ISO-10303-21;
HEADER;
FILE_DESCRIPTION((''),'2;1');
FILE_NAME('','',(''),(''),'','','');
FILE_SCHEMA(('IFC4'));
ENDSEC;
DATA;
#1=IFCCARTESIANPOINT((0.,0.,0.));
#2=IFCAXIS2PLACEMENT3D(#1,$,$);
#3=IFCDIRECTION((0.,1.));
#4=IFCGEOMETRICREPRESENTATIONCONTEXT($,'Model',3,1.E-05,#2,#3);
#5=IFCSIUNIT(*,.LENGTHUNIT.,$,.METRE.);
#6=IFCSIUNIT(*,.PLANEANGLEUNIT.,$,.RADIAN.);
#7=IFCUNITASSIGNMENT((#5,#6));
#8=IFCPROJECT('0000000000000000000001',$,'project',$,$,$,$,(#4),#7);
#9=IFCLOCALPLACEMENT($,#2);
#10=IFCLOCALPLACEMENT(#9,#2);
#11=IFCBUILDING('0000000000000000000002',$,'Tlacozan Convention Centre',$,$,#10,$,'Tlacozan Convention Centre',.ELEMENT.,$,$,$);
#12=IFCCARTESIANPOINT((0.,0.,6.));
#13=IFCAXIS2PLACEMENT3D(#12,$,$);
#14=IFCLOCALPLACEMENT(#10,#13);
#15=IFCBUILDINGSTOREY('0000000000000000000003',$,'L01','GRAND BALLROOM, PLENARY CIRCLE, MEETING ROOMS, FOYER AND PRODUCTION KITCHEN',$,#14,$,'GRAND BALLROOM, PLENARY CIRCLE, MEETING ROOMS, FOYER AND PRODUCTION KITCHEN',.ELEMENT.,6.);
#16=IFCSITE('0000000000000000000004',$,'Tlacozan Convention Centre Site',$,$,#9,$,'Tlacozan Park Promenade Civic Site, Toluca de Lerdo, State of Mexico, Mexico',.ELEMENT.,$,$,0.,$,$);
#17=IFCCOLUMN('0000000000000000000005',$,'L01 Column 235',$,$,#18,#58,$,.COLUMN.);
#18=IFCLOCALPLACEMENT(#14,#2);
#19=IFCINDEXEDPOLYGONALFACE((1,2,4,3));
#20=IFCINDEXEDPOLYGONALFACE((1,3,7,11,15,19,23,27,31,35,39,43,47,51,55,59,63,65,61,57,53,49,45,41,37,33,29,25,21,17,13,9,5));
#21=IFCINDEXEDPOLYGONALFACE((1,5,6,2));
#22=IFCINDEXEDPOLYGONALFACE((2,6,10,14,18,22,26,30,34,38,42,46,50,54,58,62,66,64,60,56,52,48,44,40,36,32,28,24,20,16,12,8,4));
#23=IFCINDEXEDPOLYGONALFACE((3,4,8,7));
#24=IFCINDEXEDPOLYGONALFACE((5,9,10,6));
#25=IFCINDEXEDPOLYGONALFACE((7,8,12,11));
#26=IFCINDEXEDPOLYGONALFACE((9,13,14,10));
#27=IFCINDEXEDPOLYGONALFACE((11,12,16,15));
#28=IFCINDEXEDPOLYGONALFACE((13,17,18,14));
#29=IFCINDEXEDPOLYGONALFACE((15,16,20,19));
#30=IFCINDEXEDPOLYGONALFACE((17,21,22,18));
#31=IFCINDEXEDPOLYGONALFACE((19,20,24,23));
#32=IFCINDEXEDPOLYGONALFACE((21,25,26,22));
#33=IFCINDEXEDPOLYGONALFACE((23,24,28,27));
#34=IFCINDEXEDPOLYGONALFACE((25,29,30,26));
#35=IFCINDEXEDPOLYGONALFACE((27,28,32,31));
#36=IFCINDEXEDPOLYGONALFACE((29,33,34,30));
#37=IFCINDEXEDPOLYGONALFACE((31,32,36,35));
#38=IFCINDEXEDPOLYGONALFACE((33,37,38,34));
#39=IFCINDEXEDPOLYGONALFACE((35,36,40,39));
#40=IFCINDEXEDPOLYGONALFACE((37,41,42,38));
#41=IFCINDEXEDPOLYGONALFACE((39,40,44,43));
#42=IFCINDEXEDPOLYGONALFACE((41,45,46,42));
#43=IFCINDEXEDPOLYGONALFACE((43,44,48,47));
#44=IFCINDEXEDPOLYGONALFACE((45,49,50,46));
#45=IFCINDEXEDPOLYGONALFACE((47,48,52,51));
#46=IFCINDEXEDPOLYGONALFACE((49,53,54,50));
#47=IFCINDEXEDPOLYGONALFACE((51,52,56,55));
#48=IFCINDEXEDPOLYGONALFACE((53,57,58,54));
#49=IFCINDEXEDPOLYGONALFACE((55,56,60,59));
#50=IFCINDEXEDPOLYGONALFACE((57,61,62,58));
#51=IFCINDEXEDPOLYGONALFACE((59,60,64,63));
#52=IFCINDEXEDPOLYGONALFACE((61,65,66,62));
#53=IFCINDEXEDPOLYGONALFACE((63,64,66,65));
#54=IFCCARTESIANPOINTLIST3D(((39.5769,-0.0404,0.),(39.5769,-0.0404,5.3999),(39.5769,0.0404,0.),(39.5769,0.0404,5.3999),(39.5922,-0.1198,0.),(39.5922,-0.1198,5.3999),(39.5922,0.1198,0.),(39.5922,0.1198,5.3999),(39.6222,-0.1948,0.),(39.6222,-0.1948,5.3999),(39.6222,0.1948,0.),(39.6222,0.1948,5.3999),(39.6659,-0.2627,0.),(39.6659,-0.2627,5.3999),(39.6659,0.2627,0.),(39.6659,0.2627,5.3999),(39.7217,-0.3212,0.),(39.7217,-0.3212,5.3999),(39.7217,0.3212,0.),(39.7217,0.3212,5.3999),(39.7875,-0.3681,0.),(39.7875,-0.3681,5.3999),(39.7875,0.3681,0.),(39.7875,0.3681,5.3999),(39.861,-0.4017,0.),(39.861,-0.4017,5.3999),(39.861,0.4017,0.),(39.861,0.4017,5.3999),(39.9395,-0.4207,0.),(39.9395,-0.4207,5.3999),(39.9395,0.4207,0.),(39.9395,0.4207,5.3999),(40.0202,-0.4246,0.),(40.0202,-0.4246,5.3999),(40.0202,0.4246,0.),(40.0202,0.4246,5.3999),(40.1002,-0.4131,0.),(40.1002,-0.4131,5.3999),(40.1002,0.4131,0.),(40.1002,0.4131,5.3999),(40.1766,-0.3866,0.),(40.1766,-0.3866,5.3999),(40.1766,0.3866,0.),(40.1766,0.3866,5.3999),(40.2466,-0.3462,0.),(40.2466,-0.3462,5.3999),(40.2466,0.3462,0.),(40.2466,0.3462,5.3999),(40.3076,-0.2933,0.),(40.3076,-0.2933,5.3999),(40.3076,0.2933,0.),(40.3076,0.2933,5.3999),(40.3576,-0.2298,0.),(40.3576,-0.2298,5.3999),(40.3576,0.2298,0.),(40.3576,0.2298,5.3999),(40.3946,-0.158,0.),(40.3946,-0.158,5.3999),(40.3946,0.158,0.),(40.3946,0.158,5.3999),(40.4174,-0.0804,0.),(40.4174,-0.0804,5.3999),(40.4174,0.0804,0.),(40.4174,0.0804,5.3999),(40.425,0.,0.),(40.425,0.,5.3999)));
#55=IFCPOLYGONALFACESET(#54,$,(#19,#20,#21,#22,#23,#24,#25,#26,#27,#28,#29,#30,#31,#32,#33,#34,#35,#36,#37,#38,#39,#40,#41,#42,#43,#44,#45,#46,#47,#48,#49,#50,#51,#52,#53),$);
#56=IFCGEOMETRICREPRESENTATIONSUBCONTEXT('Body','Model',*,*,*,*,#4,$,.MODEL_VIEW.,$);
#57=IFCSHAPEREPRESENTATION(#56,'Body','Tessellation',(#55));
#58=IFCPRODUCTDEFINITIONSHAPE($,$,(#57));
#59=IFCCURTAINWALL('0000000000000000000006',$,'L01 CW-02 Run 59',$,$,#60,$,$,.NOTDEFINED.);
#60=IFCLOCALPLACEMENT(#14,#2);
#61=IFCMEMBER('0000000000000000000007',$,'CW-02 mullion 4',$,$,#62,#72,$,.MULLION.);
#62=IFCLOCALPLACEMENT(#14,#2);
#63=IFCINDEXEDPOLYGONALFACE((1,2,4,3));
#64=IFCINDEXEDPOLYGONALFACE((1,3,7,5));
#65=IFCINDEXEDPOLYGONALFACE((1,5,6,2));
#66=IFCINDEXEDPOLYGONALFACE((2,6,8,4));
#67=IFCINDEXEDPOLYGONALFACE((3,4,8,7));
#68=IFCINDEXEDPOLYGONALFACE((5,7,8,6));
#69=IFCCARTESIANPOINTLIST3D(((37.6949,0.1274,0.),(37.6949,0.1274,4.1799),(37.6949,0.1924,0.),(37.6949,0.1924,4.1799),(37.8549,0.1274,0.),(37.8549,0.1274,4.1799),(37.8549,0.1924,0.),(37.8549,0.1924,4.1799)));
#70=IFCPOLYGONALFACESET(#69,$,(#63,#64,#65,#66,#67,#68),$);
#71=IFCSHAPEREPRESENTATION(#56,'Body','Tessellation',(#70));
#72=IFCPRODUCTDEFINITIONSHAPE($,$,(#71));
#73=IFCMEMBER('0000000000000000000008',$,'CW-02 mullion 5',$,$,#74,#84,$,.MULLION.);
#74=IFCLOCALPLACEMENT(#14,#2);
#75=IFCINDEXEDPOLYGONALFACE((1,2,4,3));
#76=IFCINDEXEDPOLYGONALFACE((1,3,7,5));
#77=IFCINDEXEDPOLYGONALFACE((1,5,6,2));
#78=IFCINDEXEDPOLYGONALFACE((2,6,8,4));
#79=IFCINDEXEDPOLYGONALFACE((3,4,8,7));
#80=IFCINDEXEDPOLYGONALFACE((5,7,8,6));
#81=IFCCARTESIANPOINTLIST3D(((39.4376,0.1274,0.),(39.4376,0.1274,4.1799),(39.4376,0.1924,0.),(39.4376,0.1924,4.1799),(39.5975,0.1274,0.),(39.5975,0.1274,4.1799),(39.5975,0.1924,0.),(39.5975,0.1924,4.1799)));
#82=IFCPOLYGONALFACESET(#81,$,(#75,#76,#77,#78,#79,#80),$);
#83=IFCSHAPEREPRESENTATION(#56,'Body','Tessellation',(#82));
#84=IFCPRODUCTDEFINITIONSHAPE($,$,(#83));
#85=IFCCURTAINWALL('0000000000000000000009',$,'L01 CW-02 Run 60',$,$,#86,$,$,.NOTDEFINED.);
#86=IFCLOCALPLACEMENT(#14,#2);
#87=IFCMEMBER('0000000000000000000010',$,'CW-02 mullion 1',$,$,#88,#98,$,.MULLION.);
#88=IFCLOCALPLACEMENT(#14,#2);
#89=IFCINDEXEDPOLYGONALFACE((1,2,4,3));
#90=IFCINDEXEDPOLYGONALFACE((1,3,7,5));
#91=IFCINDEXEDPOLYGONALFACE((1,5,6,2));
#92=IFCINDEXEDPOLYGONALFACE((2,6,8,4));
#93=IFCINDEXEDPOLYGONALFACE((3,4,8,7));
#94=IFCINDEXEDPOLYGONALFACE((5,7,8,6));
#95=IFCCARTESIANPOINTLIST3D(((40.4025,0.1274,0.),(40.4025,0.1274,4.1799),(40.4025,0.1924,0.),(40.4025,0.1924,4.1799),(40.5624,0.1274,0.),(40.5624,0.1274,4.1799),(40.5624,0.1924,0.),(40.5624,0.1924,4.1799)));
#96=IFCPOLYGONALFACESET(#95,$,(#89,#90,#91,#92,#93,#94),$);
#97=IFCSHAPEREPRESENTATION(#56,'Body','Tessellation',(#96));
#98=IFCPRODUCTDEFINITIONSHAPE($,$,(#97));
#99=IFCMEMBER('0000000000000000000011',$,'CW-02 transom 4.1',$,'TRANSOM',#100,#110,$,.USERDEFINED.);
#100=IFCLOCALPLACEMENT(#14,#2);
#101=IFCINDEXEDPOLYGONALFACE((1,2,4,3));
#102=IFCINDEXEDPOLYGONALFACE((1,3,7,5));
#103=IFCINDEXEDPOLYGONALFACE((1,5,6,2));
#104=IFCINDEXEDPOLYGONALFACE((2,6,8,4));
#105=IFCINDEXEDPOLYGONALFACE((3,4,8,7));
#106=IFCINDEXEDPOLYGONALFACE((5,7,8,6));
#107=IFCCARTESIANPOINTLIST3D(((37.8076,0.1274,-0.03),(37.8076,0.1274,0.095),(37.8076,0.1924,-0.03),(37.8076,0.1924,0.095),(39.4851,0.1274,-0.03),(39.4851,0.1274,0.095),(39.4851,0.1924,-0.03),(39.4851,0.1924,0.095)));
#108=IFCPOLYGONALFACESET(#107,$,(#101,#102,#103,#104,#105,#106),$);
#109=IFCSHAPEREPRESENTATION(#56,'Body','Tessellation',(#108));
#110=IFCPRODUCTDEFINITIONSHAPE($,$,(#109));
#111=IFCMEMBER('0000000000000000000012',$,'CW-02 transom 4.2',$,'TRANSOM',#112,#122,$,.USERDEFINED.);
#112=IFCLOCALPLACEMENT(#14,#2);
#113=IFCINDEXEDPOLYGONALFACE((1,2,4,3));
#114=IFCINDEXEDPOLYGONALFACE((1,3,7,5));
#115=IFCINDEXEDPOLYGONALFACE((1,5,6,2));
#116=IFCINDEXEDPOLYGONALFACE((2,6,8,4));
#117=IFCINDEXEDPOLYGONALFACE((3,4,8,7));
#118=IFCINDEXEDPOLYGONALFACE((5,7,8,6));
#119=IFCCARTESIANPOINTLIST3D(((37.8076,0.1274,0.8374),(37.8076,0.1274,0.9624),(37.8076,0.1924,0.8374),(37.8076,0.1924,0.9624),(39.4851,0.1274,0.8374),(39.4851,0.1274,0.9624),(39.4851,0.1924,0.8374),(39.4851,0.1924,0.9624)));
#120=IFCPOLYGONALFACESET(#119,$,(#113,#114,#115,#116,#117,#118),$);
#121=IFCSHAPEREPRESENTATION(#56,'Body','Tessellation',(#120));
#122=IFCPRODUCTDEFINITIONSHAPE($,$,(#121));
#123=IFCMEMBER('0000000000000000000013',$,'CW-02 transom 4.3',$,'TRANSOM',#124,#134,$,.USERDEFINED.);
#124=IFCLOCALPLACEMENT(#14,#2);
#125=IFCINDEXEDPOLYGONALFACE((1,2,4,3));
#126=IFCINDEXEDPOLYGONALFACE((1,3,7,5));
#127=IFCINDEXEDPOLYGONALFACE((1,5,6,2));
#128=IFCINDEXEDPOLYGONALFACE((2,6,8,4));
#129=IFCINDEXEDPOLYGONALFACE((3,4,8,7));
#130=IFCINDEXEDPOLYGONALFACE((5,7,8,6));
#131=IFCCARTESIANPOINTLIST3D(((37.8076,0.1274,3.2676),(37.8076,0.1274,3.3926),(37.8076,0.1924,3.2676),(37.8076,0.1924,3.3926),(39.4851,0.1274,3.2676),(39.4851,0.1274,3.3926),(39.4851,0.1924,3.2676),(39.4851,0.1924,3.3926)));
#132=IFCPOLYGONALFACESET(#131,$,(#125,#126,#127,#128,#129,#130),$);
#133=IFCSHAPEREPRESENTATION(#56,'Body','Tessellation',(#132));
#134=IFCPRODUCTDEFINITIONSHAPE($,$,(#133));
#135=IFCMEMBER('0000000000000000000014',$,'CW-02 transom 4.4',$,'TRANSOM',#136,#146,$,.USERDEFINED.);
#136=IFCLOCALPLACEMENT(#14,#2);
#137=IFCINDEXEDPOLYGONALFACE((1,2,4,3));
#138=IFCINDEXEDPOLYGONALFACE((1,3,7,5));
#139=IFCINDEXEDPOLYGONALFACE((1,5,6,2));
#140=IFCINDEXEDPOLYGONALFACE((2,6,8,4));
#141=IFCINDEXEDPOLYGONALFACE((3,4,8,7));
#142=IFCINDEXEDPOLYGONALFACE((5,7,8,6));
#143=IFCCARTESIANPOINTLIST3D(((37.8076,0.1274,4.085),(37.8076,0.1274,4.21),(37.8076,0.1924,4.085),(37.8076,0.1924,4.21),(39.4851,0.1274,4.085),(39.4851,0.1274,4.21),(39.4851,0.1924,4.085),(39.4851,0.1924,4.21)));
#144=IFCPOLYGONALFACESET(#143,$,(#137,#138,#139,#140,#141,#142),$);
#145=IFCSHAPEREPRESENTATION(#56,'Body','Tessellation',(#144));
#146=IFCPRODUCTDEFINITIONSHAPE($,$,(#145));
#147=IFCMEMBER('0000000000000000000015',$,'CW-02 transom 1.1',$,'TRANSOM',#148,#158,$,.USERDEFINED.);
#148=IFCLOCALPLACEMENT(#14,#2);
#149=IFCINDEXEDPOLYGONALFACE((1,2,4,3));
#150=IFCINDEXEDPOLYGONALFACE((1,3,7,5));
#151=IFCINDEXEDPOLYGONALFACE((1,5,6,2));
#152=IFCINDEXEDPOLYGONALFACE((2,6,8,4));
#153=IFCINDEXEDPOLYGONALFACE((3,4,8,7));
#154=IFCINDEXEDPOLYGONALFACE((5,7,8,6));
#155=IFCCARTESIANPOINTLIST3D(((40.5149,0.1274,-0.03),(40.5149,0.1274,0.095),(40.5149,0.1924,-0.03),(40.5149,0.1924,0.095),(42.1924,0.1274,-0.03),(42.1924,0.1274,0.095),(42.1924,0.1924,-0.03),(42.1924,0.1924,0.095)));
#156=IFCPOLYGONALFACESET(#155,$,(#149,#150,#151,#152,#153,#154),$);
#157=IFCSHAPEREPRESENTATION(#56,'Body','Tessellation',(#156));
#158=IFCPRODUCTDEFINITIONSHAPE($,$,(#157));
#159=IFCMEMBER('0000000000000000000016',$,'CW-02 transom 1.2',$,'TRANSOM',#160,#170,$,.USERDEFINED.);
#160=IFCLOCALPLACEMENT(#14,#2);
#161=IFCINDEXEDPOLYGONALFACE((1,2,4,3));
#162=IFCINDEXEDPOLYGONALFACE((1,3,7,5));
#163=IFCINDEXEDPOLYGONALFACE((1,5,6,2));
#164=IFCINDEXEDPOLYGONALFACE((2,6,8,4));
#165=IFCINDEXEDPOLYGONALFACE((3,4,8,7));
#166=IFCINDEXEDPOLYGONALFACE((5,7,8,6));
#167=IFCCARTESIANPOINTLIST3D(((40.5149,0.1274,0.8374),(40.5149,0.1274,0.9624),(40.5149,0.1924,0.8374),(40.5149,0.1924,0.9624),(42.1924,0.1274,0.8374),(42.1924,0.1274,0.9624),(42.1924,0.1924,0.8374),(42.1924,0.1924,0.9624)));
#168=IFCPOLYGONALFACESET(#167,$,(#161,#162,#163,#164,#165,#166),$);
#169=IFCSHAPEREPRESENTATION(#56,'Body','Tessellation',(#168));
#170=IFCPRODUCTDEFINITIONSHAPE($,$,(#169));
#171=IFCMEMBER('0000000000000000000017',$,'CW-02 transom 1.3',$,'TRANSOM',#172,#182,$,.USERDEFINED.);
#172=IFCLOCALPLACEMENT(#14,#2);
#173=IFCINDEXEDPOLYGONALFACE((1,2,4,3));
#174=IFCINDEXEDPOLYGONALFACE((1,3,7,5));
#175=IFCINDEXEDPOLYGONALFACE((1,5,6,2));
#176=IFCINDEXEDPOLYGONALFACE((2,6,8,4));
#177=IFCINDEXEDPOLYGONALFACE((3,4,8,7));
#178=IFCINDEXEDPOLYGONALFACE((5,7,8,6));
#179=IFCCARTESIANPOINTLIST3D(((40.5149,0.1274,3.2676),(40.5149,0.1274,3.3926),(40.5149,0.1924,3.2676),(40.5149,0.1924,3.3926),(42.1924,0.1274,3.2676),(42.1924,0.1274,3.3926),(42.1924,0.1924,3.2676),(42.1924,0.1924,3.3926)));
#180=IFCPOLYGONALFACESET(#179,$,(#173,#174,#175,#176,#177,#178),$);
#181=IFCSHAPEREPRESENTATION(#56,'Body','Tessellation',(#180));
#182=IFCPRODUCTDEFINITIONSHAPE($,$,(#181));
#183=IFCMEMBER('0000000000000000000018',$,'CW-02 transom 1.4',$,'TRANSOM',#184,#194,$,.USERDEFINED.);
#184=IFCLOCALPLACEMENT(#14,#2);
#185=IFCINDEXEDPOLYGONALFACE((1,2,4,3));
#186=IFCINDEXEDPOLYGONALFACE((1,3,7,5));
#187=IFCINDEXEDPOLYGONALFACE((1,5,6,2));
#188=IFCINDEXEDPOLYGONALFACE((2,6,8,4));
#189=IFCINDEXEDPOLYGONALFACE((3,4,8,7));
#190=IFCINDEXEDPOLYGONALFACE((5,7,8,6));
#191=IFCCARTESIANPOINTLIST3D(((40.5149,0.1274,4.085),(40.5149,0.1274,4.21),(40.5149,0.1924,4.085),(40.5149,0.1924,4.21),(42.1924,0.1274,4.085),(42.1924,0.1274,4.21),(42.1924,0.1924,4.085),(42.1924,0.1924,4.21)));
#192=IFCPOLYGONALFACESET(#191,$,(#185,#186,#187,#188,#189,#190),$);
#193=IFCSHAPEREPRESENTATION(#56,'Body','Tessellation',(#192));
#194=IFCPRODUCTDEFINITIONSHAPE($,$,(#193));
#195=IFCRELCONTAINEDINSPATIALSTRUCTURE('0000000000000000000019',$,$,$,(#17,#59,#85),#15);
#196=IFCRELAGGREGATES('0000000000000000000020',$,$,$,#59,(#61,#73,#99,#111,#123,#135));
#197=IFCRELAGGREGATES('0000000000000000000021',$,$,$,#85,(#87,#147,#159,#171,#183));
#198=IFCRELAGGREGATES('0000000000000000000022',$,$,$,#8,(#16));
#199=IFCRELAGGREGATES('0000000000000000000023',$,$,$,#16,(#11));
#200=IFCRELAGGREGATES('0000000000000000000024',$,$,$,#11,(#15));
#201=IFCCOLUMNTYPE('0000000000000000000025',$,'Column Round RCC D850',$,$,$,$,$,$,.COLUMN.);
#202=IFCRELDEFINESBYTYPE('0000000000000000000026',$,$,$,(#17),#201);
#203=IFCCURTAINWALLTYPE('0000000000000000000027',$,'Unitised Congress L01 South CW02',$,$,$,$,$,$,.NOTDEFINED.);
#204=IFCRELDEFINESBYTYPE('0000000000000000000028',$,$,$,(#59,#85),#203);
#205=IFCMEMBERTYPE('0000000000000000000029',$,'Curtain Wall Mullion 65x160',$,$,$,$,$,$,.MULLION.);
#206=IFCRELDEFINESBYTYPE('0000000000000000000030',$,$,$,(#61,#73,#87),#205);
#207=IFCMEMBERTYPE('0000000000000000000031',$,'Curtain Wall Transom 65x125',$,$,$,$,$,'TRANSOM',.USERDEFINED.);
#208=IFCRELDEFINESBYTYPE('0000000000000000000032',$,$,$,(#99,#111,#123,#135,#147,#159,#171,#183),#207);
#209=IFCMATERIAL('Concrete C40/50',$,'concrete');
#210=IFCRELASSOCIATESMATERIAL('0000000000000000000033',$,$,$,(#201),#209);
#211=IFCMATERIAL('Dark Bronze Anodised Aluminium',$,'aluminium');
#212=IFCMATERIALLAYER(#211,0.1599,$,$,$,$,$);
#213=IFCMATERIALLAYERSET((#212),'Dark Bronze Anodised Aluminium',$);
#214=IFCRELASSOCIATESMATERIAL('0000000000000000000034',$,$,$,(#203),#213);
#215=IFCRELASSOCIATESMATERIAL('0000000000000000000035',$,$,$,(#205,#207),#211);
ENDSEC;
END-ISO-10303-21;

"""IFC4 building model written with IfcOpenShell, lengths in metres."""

from ifc_helpers import new_model, si_unit, direction, frame, origin, origin_2d, place, context, subcontext, project, spatial, rectangle, circle, extrude, material, layer, layer_set, material_profile, profile_set, type_object, element, aggregate, save


model = new_model("IFC4")

# Units and contexts
model_context = context("Model", 3, precision=1e-05, world=origin(), true_north=direction((0.0, 1.0)))
body_context = subcontext(model_context, "Body", "Model", "MODEL_VIEW")
ifc_project = project(units=[si_unit("LENGTHUNIT", "METRE"), si_unit("PLANEANGLEUNIT", "RADIAN")], contexts=[model_context])

# Site, building, storey
site_placement = place(None, origin())
site = spatial("IfcSite", under=ifc_project, at=site_placement, Name="Tlacozan Convention Centre Site", LongName="Tlacozan Park Promenade Civic Site, Toluca de Lerdo, State of Mexico, Mexico", CompositionType="ELEMENT", RefElevation=0.0)
building_placement = place(site_placement, origin())
building = spatial("IfcBuilding", under=site, at=building_placement, Name="Tlacozan Convention Centre", LongName="Tlacozan Convention Centre", CompositionType="ELEMENT")
storey_placement = place(building_placement, frame((0.0, 0.0, 6.0)))
storey = spatial("IfcBuildingStorey", under=building, at=storey_placement, Name="L01", Description="GRAND BALLROOM, PLENARY CIRCLE, MEETING ROOMS, FOYER AND PRODUCTION KITCHEN", LongName="GRAND BALLROOM, PLENARY CIRCLE, MEETING ROOMS, FOYER AND PRODUCTION KITCHEN", CompositionType="ELEMENT", Elevation=6.0)

# Column
ifc_material_1 = material(Name="Concrete C40/50", Category="concrete")
ifc_material_profile_1 = material_profile(ifc_material_1, circle(Radius=0.425, at=origin_2d()), Name="RCC D850")
ifc_profile_set_1 = profile_set([ifc_material_profile_1], Name="Concrete C40/50")
column_type = type_object("IfcColumnType", Name="Column Round RCC D850", PredefinedType="COLUMN", material=ifc_profile_set_1)
column_placement = place(storey_placement, frame((40.0, 0.0, 0.0), z_axis=(0.0, 0.0, 1.0), x_axis=(1.0, 0.0, 0.0)))
element("IfcColumn", 1, at=column_placement, inside=storey, type_object=column_type, Name="L01 Column 235", PredefinedType="COLUMN", context=body_context, shape_type="SweptSolid", body=[
    extrude(circle(Radius=0.425, at=origin_2d()), origin(), (0.0, 0.0, 1.0), 5.3999),
])

# Curtain wall, members
ifc_material_2 = material(Name="Dark Bronze Anodised Aluminium", Category="aluminium")
ifc_layer_1 = layer(ifc_material_2, 0.1599)
ifc_layer_set_1 = layer_set([ifc_layer_1], Name="Dark Bronze Anodised Aluminium")
curtain_wall_type = type_object("IfcCurtainWallType", Name="Unitised Congress L01 South CW02", PredefinedType="NOTDEFINED", material=ifc_layer_set_1)
curtain_wall_1_placement = place(storey_placement, origin())
curtain_wall_1 = element("IfcCurtainWall", 2, at=curtain_wall_1_placement, inside=storey, type_object=curtain_wall_type, Name="L01 CW-02 Run 59", PredefinedType="NOTDEFINED")
ifc_material_profile_2 = material_profile(ifc_material_2, rectangle(XDim=0.0649, YDim=0.1599, at=origin_2d()), Name="ALU 65x160")
ifc_profile_set_2 = profile_set([ifc_material_profile_2], Name="Dark Bronze Anodised Aluminium")
member_type_1 = type_object("IfcMemberType", Name="Curtain Wall Mullion 65x160", PredefinedType="MULLION", material=ifc_profile_set_2)
member_1_placement = place(storey_placement, frame((37.7749, 0.1599, 0.0), z_axis=(0.0, 0.0, 1.0), x_axis=(0.0, 1.0, 0.0)))
member_1 = element("IfcMember", 3, at=member_1_placement, type_object=member_type_1, Name="CW-02 mullion 4", PredefinedType="MULLION", context=body_context, shape_type="SweptSolid", body=[
    extrude(rectangle(XDim=0.0649, YDim=0.1599, at=origin_2d()), origin(), (0.0, 0.0, 1.0), 4.1799),
])
member_2_placement = place(storey_placement, frame((39.5176, 0.1599, 0.0), z_axis=(0.0, 0.0, 1.0), x_axis=(0.0, 1.0, 0.0)))
member_2 = element("IfcMember", 4, at=member_2_placement, type_object=member_type_1, Name="CW-02 mullion 5", PredefinedType="MULLION", context=body_context, shape_type="SweptSolid", body=[
    extrude(rectangle(XDim=0.0649, YDim=0.1599, at=origin_2d()), origin(), (0.0, 0.0, 1.0), 4.1799),
])

# Curtain wall, member
curtain_wall_2_placement = place(storey_placement, origin())
curtain_wall_2 = element("IfcCurtainWall", 5, at=curtain_wall_2_placement, inside=storey, type_object=curtain_wall_type, Name="L01 CW-02 Run 60", PredefinedType="NOTDEFINED")
member_3_placement = place(storey_placement, frame((40.4824, 0.1599, 0.0), z_axis=(0.0, 0.0, 1.0), x_axis=(0.0, 1.0, 0.0)))
member_3 = element("IfcMember", 6, at=member_3_placement, type_object=member_type_1, Name="CW-02 mullion 1", PredefinedType="MULLION", context=body_context, shape_type="SweptSolid", body=[
    extrude(rectangle(XDim=0.0649, YDim=0.1599, at=origin_2d()), origin(), (0.0, 0.0, 1.0), 4.1799),
])

# Members
ifc_material_profile_3 = material_profile(ifc_material_2, rectangle(XDim=0.0649, YDim=0.125, at=origin_2d()), Name="ALU 65x125")
ifc_profile_set_3 = profile_set([ifc_material_profile_3], Name="Dark Bronze Anodised Aluminium")
member_type_2 = type_object("IfcMemberType", Name="Curtain Wall Transom 65x125", ElementType="TRANSOM", PredefinedType="USERDEFINED", material=ifc_profile_set_3)
member_4_placement = place(storey_placement, frame((37.8076, 0.1599, 0.0325), z_axis=(1.0, 0.0, 0.0), x_axis=(0.0, 1.0, 0.0)))
member_4 = element("IfcMember", 7, at=member_4_placement, type_object=member_type_2, Name="CW-02 transom 4.1", ObjectType="TRANSOM", PredefinedType="USERDEFINED", context=body_context, shape_type="SweptSolid", body=[
    extrude(rectangle(XDim=0.0649, YDim=0.125, at=origin_2d()), origin(), (0.0, 0.0, 1.0), 1.6775),
])
member_5_placement = place(storey_placement, frame((37.8076, 0.1599, 0.8999), z_axis=(1.0, 0.0, 0.0), x_axis=(0.0, 1.0, 0.0)))
member_5 = element("IfcMember", 8, at=member_5_placement, type_object=member_type_2, Name="CW-02 transom 4.2", ObjectType="TRANSOM", PredefinedType="USERDEFINED", context=body_context, shape_type="SweptSolid", body=[
    extrude(rectangle(XDim=0.0649, YDim=0.125, at=origin_2d()), origin(), (0.0, 0.0, 1.0), 1.6775),
])
member_6_placement = place(storey_placement, frame((37.8076, 0.1599, 3.3301), z_axis=(1.0, 0.0, 0.0), x_axis=(0.0, 1.0, 0.0)))
member_6 = element("IfcMember", 9, at=member_6_placement, type_object=member_type_2, Name="CW-02 transom 4.3", ObjectType="TRANSOM", PredefinedType="USERDEFINED", context=body_context, shape_type="SweptSolid", body=[
    extrude(rectangle(XDim=0.0649, YDim=0.125, at=origin_2d()), origin(), (0.0, 0.0, 1.0), 1.6775),
])
member_7_placement = place(storey_placement, frame((37.8076, 0.1599, 4.1475), z_axis=(1.0, 0.0, 0.0), x_axis=(0.0, 1.0, 0.0)))
member_7 = element("IfcMember", 10, at=member_7_placement, type_object=member_type_2, Name="CW-02 transom 4.4", ObjectType="TRANSOM", PredefinedType="USERDEFINED", context=body_context, shape_type="SweptSolid", body=[
    extrude(rectangle(XDim=0.0649, YDim=0.125, at=origin_2d()), origin(), (0.0, 0.0, 1.0), 1.6775),
])
member_8_placement = place(storey_placement, frame((40.5149, 0.1599, 0.0325), z_axis=(1.0, 0.0, 0.0), x_axis=(0.0, 1.0, 0.0)))
member_8 = element("IfcMember", 11, at=member_8_placement, type_object=member_type_2, Name="CW-02 transom 1.1", ObjectType="TRANSOM", PredefinedType="USERDEFINED", context=body_context, shape_type="SweptSolid", body=[
    extrude(rectangle(XDim=0.0649, YDim=0.125, at=origin_2d()), origin(), (0.0, 0.0, 1.0), 1.6775),
])
member_9_placement = place(storey_placement, frame((40.5149, 0.1599, 0.8999), z_axis=(1.0, 0.0, 0.0), x_axis=(0.0, 1.0, 0.0)))
member_9 = element("IfcMember", 12, at=member_9_placement, type_object=member_type_2, Name="CW-02 transom 1.2", ObjectType="TRANSOM", PredefinedType="USERDEFINED", context=body_context, shape_type="SweptSolid", body=[
    extrude(rectangle(XDim=0.0649, YDim=0.125, at=origin_2d()), origin(), (0.0, 0.0, 1.0), 1.6775),
])
member_10_placement = place(storey_placement, frame((40.5149, 0.1599, 3.3301), z_axis=(1.0, 0.0, 0.0), x_axis=(0.0, 1.0, 0.0)))
member_10 = element("IfcMember", 13, at=member_10_placement, type_object=member_type_2, Name="CW-02 transom 1.3", ObjectType="TRANSOM", PredefinedType="USERDEFINED", context=body_context, shape_type="SweptSolid", body=[
    extrude(rectangle(XDim=0.0649, YDim=0.125, at=origin_2d()), origin(), (0.0, 0.0, 1.0), 1.6775),
])
member_11_placement = place(storey_placement, frame((40.5149, 0.1599, 4.1475), z_axis=(1.0, 0.0, 0.0), x_axis=(0.0, 1.0, 0.0)))
member_11 = element("IfcMember", 14, at=member_11_placement, type_object=member_type_2, Name="CW-02 transom 1.4", ObjectType="TRANSOM", PredefinedType="USERDEFINED", context=body_context, shape_type="SweptSolid", body=[
    extrude(rectangle(XDim=0.0649, YDim=0.125, at=origin_2d()), origin(), (0.0, 0.0, 1.0), 1.6775),
])

aggregate(curtain_wall_1, [member_1, member_2, member_4, member_5, member_6, member_7])
aggregate(curtain_wall_2, [member_3, member_8, member_9, member_10, member_11])

save(model, "model.ifc")
